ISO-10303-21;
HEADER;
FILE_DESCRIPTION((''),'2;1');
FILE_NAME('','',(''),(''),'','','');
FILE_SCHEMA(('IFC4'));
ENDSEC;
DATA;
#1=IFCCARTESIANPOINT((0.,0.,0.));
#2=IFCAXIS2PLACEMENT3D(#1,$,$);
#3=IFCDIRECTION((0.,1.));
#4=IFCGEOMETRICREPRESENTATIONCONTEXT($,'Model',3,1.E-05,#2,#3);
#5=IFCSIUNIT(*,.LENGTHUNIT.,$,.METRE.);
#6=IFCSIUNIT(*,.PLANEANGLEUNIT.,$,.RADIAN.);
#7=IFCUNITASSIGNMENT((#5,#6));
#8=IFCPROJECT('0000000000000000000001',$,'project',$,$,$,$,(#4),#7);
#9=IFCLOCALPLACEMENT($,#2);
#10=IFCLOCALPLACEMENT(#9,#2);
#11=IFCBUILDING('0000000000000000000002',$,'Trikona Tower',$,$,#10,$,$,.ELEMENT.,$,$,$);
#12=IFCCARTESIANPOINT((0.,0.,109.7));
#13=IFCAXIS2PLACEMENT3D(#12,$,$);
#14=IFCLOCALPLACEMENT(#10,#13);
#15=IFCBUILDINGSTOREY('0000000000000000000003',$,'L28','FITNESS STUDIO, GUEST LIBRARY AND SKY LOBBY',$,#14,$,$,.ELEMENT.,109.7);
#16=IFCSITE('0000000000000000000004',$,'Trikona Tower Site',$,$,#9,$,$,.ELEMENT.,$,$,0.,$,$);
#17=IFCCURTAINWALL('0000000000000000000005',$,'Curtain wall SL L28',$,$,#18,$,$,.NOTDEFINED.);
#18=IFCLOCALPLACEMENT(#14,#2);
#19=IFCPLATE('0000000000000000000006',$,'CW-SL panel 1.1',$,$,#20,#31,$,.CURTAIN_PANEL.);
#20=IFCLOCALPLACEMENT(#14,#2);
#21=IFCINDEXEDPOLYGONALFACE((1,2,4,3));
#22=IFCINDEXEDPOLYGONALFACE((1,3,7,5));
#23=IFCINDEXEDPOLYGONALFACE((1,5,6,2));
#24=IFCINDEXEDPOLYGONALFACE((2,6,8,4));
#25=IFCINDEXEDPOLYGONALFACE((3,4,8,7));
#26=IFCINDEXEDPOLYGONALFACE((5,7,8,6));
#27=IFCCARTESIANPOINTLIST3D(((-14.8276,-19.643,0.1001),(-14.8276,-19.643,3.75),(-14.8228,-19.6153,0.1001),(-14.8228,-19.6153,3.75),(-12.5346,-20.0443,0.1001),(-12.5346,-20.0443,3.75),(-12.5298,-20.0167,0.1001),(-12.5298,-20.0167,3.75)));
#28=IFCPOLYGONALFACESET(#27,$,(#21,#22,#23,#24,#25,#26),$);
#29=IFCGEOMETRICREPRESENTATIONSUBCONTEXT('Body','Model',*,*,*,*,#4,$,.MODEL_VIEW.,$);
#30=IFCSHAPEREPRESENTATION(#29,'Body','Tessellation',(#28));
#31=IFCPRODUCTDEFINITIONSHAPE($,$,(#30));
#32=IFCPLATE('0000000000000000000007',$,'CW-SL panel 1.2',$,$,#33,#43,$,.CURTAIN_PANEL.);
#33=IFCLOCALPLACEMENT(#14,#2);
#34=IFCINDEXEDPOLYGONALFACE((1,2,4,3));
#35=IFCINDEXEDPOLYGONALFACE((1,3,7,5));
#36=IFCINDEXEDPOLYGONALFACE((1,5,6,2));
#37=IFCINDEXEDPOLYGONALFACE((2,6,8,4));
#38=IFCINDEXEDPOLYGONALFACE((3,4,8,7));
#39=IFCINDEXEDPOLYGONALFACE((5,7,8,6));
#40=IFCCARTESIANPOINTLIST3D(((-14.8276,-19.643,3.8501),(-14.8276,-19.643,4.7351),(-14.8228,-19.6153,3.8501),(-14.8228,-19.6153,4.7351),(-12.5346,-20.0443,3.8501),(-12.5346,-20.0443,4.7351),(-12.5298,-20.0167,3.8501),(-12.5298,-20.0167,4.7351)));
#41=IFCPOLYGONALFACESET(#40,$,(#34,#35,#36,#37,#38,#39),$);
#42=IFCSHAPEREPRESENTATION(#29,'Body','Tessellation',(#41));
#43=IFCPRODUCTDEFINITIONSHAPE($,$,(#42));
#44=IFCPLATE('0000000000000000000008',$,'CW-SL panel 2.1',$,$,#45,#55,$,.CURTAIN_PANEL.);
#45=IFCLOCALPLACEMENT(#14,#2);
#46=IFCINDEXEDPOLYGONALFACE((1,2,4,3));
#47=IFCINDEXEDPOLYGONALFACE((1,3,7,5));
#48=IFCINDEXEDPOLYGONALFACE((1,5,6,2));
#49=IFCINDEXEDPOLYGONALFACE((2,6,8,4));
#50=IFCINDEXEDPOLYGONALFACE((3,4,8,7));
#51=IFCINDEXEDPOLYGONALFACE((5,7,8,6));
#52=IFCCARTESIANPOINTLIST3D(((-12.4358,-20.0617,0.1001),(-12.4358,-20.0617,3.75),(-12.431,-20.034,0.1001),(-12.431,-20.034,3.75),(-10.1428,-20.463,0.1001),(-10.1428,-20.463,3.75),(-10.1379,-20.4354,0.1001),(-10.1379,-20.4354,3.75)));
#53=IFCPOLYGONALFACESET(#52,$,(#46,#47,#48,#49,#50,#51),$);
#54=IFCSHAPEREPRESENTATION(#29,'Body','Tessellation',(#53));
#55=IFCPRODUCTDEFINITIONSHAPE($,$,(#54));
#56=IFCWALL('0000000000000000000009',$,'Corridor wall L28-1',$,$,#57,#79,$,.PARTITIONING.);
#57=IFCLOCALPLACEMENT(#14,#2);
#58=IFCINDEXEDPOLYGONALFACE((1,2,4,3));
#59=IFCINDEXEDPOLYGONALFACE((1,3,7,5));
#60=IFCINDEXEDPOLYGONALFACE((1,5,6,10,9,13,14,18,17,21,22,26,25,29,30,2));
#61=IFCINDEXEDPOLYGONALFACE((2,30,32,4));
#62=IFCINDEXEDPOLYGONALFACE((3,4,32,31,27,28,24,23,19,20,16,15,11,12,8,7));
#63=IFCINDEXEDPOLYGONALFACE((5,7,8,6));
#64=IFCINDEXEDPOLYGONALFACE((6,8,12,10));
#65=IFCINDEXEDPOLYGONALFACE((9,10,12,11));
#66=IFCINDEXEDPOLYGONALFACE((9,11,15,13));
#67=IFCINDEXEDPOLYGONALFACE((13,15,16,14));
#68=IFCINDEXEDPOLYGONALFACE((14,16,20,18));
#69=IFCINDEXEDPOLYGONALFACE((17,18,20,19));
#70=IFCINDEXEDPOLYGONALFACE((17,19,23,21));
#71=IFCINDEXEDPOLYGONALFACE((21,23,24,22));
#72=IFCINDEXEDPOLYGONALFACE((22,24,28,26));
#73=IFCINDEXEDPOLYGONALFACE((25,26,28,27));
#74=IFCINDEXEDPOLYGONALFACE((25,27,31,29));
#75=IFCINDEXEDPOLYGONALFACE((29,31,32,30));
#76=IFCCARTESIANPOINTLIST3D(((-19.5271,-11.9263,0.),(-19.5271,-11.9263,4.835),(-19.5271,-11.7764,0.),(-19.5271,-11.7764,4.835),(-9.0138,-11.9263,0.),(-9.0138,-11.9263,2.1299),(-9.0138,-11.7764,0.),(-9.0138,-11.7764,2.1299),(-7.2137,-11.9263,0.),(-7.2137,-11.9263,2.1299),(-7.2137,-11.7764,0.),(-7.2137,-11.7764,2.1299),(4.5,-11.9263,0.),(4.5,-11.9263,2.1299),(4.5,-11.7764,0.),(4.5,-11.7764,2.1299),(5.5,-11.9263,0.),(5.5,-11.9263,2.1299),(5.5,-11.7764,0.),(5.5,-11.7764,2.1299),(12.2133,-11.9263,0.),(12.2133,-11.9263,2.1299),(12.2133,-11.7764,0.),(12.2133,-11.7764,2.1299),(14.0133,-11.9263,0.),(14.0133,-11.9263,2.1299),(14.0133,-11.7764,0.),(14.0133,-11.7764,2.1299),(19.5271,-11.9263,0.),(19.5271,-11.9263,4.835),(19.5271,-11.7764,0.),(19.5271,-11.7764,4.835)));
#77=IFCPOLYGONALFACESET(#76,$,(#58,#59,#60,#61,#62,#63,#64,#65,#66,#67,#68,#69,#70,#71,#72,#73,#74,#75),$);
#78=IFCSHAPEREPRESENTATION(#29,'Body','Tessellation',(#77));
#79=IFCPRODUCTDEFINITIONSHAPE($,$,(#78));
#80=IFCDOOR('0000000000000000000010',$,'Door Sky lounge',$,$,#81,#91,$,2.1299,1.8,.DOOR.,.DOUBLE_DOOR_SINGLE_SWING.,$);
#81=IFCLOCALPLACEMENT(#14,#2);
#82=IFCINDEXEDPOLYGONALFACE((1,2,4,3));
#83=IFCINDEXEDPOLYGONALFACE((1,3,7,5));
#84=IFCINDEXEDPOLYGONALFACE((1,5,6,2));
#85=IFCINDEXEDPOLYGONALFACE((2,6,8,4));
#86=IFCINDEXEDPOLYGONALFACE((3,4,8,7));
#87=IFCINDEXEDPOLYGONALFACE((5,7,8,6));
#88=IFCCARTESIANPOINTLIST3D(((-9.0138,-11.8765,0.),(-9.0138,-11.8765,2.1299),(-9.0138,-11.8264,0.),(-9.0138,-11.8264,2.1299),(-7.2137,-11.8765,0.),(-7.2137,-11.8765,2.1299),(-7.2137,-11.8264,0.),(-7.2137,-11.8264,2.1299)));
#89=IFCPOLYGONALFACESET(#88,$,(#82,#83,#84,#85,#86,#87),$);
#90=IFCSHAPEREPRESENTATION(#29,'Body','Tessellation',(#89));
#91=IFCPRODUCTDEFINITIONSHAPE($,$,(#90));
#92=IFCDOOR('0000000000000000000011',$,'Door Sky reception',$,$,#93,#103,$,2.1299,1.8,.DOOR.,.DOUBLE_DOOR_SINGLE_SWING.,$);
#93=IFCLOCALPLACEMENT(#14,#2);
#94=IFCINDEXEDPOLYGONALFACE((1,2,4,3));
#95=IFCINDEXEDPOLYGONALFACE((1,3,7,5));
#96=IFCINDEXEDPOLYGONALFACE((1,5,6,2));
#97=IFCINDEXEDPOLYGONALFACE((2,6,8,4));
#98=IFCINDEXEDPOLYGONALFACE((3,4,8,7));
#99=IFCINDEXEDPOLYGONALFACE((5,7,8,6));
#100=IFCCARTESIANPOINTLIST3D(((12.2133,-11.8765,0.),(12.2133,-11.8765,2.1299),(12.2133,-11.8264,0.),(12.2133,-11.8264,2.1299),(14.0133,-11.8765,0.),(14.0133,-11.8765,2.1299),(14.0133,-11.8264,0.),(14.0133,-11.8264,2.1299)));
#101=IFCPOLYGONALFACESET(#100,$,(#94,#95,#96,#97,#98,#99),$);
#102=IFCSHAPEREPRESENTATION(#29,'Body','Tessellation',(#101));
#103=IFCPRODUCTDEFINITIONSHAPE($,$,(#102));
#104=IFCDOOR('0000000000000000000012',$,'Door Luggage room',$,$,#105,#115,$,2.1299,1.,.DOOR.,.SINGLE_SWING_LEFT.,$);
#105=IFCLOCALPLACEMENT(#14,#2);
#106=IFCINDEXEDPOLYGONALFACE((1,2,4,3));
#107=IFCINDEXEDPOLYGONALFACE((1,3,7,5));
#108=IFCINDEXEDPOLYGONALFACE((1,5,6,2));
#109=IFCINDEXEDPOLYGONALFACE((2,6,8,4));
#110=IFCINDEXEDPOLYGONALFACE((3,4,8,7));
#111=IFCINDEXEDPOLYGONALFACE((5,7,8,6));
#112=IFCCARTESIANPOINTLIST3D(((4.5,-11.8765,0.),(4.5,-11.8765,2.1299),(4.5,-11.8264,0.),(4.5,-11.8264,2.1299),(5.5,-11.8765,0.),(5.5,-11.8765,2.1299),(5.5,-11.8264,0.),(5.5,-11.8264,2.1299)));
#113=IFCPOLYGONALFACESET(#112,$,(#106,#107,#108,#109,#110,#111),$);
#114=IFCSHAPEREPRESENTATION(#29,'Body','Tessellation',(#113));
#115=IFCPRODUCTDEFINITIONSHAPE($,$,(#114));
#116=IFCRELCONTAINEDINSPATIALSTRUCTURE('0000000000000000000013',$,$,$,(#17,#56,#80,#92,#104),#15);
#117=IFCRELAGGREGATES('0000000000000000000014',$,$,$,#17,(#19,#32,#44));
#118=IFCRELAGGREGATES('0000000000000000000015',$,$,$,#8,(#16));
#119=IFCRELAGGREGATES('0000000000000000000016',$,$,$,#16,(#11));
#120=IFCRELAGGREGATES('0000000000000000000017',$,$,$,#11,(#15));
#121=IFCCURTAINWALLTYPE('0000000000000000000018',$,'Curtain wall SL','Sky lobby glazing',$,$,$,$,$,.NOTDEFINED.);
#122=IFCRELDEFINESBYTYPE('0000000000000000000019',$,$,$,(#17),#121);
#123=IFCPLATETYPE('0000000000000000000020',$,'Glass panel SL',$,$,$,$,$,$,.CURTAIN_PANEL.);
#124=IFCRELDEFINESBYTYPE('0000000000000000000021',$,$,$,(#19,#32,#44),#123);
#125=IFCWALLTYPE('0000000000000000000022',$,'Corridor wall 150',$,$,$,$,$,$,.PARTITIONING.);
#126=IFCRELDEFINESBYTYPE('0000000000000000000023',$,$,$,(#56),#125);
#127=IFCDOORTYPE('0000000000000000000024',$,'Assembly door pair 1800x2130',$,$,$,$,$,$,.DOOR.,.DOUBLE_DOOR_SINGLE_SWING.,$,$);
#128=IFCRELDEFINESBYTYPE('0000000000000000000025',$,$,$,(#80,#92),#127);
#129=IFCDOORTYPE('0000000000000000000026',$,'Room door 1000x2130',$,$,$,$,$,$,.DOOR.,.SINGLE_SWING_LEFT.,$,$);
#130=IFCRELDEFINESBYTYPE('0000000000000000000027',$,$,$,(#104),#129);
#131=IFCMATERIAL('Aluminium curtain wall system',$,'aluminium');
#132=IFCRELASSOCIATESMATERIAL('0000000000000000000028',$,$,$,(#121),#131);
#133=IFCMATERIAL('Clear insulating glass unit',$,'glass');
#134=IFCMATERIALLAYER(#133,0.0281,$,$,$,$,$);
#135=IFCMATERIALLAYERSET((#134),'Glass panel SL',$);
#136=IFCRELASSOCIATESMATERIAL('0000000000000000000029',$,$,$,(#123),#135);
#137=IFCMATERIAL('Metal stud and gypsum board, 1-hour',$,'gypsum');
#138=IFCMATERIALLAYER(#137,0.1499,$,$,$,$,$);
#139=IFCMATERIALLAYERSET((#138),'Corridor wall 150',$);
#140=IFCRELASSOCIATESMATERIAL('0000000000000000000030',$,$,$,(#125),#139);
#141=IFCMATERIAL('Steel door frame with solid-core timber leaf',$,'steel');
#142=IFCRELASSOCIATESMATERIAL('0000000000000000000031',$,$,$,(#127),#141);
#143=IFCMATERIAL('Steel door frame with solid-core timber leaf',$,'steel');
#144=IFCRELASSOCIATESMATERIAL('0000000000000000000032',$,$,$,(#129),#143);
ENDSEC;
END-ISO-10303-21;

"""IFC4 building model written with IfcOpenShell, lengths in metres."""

from ifc_helpers import new_model, si_unit, direction, frame, frame_2d, origin, origin_2d, place, context, subcontext, project, spatial, rectangle, extrude, material, layer, layer_set, type_object, element, fill, aggregate, save


model = new_model("IFC4")

# Units and contexts
model_context = context("Model", 3, precision=1e-05, world=origin(), true_north=direction((0.0, 1.0)))
body_context = subcontext(model_context, "Body", "Model", "MODEL_VIEW")
ifc_project = project(units=[si_unit("LENGTHUNIT", "METRE"), si_unit("PLANEANGLEUNIT", "RADIAN")], contexts=[model_context])

# Site, building, storey
site_placement = place(None, origin())
site = spatial("IfcSite", under=ifc_project, at=site_placement, Name="Trikona Tower Site", CompositionType="ELEMENT", RefElevation=0.0)
building_placement = place(site_placement, origin())
building = spatial("IfcBuilding", under=site, at=building_placement, Name="Trikona Tower", CompositionType="ELEMENT")
storey_placement = place(building_placement, frame((0.0, 0.0, 109.7)))
storey = spatial("IfcBuildingStorey", under=building, at=storey_placement, Name="L28", Description="FITNESS STUDIO, GUEST LIBRARY AND SKY LOBBY", CompositionType="ELEMENT", Elevation=109.7)

# Curtain wall
ifc_material_1 = material(Name="Aluminium curtain wall system", Category="aluminium")
curtain_wall_type = type_object("IfcCurtainWallType", Name="Curtain wall SL", Description="Sky lobby glazing", PredefinedType="NOTDEFINED", material=ifc_material_1)
curtain_wall_placement = place(storey_placement, origin())
curtain_wall = element("IfcCurtainWall", 1, at=curtain_wall_placement, inside=storey, type_object=curtain_wall_type, Name="Curtain wall SL L28", PredefinedType="NOTDEFINED")

# Plates
ifc_material_2 = material(Name="Clear insulating glass unit", Category="glass")
ifc_layer_1 = layer(ifc_material_2, 0.0281)
ifc_layer_set_1 = layer_set([ifc_layer_1], Name="Glass panel SL")
plate_type = type_object("IfcPlateType", Name="Glass panel SL", PredefinedType="CURTAIN_PANEL", material=ifc_layer_set_1)
plate_1_placement = place(storey_placement, frame((-13.6787, -19.8298, 0.1001), z_axis=(0.0, 0.0, 1.0), x_axis=(0.985028, -0.172397, 0.0)))
plate_1 = element("IfcPlate", 2, at=plate_1_placement, type_object=plate_type, Name="CW-SL panel 1.1", PredefinedType="CURTAIN_PANEL", context=body_context, shape_type="SweptSolid", body=[
    extrude(rectangle(XDim=2.3279, YDim=0.0281, at=origin_2d()), origin(), (0.0, 0.0, 1.0), 3.6499),
])
plate_2_placement = place(storey_placement, frame((-13.6787, -19.8298, 3.8501), z_axis=(0.0, 0.0, 1.0), x_axis=(0.985028, -0.172397, 0.0)))
plate_2 = element("IfcPlate", 3, at=plate_2_placement, type_object=plate_type, Name="CW-SL panel 1.2", PredefinedType="CURTAIN_PANEL", context=body_context, shape_type="SweptSolid", body=[
    extrude(rectangle(XDim=2.3279, YDim=0.0281, at=origin_2d()), origin(), (0.0, 0.0, 1.0), 0.885),
])
plate_3_placement = place(storey_placement, frame((-11.2869, -20.2485, 0.1001), z_axis=(0.0, 0.0, 1.0), x_axis=(0.985028, -0.172397, 0.0)))
plate_3 = element("IfcPlate", 4, at=plate_3_placement, type_object=plate_type, Name="CW-SL panel 2.1", PredefinedType="CURTAIN_PANEL", context=body_context, shape_type="SweptSolid", body=[
    extrude(rectangle(XDim=2.3279, YDim=0.0281, at=origin_2d()), origin(), (0.0, 0.0, 1.0), 3.6499),
])
aggregate(curtain_wall, [plate_1, plate_2, plate_3])

# Wall, openings, doors
ifc_material_3 = material(Name="Metal stud and gypsum board, 1-hour", Category="gypsum")
ifc_layer_2 = layer(ifc_material_3, 0.1499)
ifc_layer_set_2 = layer_set([ifc_layer_2], Name="Corridor wall 150")
wall_type = type_object("IfcWallType", Name="Corridor wall 150", PredefinedType="PARTITIONING", material=ifc_layer_set_2)
wall_placement = place(storey_placement, frame((-19.5271, -11.8513, 0.0), z_axis=(0.0, 0.0, 1.0), x_axis=(1.0, 0.0, 0.0)))
wall = element("IfcWall", 5, at=wall_placement, inside=storey, type_object=wall_type, Name="Corridor wall L28-1", PredefinedType="PARTITIONING", context=body_context, shape_type="SweptSolid", body=[
    extrude(rectangle(XDim=39.0542, YDim=0.1499, at=frame_2d((19.5271, 0.0))), origin(), (0.0, 0.0, 1.0), 4.835),
])
opening_1_placement = place(wall_placement, frame((10.5134, 0.0, 0.0)))
opening_1 = element("IfcOpeningElement", 6, at=opening_1_placement, cuts=wall, PredefinedType="OPENING", context=body_context, shape_type="SweptSolid", body=[
    extrude(rectangle(XDim=1.8, YDim=2.1299, at=frame_2d((0.8999, 1.0649))), frame((0.0, 0.085, 0.0), z_axis=(0.0, -1.0, 0.0), x_axis=(1.0, 0.0, 0.0)), (0.0, 0.0, 1.0), 0.1699),
])
opening_2_placement = place(wall_placement, frame((24.0271, 0.0, 0.0)))
opening_2 = element("IfcOpeningElement", 7, at=opening_2_placement, cuts=wall, PredefinedType="OPENING", context=body_context, shape_type="SweptSolid", body=[
    extrude(rectangle(XDim=1.0, YDim=2.1299, at=frame_2d((0.5, 1.0649))), frame((0.0, 0.085, 0.0), z_axis=(0.0, -1.0, 0.0), x_axis=(1.0, 0.0, 0.0)), (0.0, 0.0, 1.0), 0.1699),
])
opening_3_placement = place(wall_placement, frame((31.7405, 0.0, 0.0)))
opening_3 = element("IfcOpeningElement", 8, at=opening_3_placement, cuts=wall, PredefinedType="OPENING", context=body_context, shape_type="SweptSolid", body=[
    extrude(rectangle(XDim=1.8, YDim=2.1299, at=frame_2d((0.8999, 1.0649))), frame((0.0, 0.085, 0.0), z_axis=(0.0, -1.0, 0.0), x_axis=(1.0, 0.0, 0.0)), (0.0, 0.0, 1.0), 0.1699),
])
ifc_material_4 = material(Name="Steel door frame with solid-core timber leaf", Category="steel")
door_type_1 = type_object("IfcDoorType", Name="Assembly door pair 1800x2130", OperationType="DOUBLE_DOOR_SINGLE_SWING", PredefinedType="DOOR", material=ifc_material_4)
door_1_placement = place(opening_1_placement, origin())
door_1 = element("IfcDoor", 9, at=door_1_placement, inside=storey, type_object=door_type_1, Name="Door Sky lounge", OperationType="DOUBLE_DOOR_SINGLE_SWING", OverallHeight=2.1299, OverallWidth=1.8, PredefinedType="DOOR", context=body_context, shape_type="SweptSolid", body=[
    extrude(rectangle(XDim=1.8, YDim=2.1299, at=frame_2d((0.8999, 1.0649))), frame((0.0, 0.0249, 0.0), z_axis=(0.0, -1.0, 0.0), x_axis=(1.0, 0.0, 0.0)), (0.0, 0.0, 1.0), 0.05),
])
fill(opening_1, door_1)
door_2_placement = place(opening_3_placement, origin())
door_2 = element("IfcDoor", 10, at=door_2_placement, inside=storey, type_object=door_type_1, Name="Door Sky reception", OperationType="DOUBLE_DOOR_SINGLE_SWING", OverallHeight=2.1299, OverallWidth=1.8, PredefinedType="DOOR", context=body_context, shape_type="SweptSolid", body=[
    extrude(rectangle(XDim=1.8, YDim=2.1299, at=frame_2d((0.8999, 1.0649))), frame((0.0, 0.0249, 0.0), z_axis=(0.0, -1.0, 0.0), x_axis=(1.0, 0.0, 0.0)), (0.0, 0.0, 1.0), 0.05),
])
fill(opening_3, door_2)
ifc_material_5 = material(Name="Steel door frame with solid-core timber leaf", Category="steel")
door_type_2 = type_object("IfcDoorType", Name="Room door 1000x2130", OperationType="SINGLE_SWING_LEFT", PredefinedType="DOOR", material=ifc_material_5)
door_3_placement = place(opening_2_placement, origin())
door_3 = element("IfcDoor", 11, at=door_3_placement, inside=storey, type_object=door_type_2, Name="Door Luggage room", OperationType="SINGLE_SWING_LEFT", OverallHeight=2.1299, OverallWidth=1.0, PredefinedType="DOOR", context=body_context, shape_type="SweptSolid", body=[
    extrude(rectangle(XDim=1.0, YDim=2.1299, at=frame_2d((0.5, 1.0649))), frame((0.0, 0.0249, 0.0), z_axis=(0.0, -1.0, 0.0), x_axis=(1.0, 0.0, 0.0)), (0.0, 0.0, 1.0), 0.05),
])
fill(opening_2, door_3)

save(model, "model.ifc")
